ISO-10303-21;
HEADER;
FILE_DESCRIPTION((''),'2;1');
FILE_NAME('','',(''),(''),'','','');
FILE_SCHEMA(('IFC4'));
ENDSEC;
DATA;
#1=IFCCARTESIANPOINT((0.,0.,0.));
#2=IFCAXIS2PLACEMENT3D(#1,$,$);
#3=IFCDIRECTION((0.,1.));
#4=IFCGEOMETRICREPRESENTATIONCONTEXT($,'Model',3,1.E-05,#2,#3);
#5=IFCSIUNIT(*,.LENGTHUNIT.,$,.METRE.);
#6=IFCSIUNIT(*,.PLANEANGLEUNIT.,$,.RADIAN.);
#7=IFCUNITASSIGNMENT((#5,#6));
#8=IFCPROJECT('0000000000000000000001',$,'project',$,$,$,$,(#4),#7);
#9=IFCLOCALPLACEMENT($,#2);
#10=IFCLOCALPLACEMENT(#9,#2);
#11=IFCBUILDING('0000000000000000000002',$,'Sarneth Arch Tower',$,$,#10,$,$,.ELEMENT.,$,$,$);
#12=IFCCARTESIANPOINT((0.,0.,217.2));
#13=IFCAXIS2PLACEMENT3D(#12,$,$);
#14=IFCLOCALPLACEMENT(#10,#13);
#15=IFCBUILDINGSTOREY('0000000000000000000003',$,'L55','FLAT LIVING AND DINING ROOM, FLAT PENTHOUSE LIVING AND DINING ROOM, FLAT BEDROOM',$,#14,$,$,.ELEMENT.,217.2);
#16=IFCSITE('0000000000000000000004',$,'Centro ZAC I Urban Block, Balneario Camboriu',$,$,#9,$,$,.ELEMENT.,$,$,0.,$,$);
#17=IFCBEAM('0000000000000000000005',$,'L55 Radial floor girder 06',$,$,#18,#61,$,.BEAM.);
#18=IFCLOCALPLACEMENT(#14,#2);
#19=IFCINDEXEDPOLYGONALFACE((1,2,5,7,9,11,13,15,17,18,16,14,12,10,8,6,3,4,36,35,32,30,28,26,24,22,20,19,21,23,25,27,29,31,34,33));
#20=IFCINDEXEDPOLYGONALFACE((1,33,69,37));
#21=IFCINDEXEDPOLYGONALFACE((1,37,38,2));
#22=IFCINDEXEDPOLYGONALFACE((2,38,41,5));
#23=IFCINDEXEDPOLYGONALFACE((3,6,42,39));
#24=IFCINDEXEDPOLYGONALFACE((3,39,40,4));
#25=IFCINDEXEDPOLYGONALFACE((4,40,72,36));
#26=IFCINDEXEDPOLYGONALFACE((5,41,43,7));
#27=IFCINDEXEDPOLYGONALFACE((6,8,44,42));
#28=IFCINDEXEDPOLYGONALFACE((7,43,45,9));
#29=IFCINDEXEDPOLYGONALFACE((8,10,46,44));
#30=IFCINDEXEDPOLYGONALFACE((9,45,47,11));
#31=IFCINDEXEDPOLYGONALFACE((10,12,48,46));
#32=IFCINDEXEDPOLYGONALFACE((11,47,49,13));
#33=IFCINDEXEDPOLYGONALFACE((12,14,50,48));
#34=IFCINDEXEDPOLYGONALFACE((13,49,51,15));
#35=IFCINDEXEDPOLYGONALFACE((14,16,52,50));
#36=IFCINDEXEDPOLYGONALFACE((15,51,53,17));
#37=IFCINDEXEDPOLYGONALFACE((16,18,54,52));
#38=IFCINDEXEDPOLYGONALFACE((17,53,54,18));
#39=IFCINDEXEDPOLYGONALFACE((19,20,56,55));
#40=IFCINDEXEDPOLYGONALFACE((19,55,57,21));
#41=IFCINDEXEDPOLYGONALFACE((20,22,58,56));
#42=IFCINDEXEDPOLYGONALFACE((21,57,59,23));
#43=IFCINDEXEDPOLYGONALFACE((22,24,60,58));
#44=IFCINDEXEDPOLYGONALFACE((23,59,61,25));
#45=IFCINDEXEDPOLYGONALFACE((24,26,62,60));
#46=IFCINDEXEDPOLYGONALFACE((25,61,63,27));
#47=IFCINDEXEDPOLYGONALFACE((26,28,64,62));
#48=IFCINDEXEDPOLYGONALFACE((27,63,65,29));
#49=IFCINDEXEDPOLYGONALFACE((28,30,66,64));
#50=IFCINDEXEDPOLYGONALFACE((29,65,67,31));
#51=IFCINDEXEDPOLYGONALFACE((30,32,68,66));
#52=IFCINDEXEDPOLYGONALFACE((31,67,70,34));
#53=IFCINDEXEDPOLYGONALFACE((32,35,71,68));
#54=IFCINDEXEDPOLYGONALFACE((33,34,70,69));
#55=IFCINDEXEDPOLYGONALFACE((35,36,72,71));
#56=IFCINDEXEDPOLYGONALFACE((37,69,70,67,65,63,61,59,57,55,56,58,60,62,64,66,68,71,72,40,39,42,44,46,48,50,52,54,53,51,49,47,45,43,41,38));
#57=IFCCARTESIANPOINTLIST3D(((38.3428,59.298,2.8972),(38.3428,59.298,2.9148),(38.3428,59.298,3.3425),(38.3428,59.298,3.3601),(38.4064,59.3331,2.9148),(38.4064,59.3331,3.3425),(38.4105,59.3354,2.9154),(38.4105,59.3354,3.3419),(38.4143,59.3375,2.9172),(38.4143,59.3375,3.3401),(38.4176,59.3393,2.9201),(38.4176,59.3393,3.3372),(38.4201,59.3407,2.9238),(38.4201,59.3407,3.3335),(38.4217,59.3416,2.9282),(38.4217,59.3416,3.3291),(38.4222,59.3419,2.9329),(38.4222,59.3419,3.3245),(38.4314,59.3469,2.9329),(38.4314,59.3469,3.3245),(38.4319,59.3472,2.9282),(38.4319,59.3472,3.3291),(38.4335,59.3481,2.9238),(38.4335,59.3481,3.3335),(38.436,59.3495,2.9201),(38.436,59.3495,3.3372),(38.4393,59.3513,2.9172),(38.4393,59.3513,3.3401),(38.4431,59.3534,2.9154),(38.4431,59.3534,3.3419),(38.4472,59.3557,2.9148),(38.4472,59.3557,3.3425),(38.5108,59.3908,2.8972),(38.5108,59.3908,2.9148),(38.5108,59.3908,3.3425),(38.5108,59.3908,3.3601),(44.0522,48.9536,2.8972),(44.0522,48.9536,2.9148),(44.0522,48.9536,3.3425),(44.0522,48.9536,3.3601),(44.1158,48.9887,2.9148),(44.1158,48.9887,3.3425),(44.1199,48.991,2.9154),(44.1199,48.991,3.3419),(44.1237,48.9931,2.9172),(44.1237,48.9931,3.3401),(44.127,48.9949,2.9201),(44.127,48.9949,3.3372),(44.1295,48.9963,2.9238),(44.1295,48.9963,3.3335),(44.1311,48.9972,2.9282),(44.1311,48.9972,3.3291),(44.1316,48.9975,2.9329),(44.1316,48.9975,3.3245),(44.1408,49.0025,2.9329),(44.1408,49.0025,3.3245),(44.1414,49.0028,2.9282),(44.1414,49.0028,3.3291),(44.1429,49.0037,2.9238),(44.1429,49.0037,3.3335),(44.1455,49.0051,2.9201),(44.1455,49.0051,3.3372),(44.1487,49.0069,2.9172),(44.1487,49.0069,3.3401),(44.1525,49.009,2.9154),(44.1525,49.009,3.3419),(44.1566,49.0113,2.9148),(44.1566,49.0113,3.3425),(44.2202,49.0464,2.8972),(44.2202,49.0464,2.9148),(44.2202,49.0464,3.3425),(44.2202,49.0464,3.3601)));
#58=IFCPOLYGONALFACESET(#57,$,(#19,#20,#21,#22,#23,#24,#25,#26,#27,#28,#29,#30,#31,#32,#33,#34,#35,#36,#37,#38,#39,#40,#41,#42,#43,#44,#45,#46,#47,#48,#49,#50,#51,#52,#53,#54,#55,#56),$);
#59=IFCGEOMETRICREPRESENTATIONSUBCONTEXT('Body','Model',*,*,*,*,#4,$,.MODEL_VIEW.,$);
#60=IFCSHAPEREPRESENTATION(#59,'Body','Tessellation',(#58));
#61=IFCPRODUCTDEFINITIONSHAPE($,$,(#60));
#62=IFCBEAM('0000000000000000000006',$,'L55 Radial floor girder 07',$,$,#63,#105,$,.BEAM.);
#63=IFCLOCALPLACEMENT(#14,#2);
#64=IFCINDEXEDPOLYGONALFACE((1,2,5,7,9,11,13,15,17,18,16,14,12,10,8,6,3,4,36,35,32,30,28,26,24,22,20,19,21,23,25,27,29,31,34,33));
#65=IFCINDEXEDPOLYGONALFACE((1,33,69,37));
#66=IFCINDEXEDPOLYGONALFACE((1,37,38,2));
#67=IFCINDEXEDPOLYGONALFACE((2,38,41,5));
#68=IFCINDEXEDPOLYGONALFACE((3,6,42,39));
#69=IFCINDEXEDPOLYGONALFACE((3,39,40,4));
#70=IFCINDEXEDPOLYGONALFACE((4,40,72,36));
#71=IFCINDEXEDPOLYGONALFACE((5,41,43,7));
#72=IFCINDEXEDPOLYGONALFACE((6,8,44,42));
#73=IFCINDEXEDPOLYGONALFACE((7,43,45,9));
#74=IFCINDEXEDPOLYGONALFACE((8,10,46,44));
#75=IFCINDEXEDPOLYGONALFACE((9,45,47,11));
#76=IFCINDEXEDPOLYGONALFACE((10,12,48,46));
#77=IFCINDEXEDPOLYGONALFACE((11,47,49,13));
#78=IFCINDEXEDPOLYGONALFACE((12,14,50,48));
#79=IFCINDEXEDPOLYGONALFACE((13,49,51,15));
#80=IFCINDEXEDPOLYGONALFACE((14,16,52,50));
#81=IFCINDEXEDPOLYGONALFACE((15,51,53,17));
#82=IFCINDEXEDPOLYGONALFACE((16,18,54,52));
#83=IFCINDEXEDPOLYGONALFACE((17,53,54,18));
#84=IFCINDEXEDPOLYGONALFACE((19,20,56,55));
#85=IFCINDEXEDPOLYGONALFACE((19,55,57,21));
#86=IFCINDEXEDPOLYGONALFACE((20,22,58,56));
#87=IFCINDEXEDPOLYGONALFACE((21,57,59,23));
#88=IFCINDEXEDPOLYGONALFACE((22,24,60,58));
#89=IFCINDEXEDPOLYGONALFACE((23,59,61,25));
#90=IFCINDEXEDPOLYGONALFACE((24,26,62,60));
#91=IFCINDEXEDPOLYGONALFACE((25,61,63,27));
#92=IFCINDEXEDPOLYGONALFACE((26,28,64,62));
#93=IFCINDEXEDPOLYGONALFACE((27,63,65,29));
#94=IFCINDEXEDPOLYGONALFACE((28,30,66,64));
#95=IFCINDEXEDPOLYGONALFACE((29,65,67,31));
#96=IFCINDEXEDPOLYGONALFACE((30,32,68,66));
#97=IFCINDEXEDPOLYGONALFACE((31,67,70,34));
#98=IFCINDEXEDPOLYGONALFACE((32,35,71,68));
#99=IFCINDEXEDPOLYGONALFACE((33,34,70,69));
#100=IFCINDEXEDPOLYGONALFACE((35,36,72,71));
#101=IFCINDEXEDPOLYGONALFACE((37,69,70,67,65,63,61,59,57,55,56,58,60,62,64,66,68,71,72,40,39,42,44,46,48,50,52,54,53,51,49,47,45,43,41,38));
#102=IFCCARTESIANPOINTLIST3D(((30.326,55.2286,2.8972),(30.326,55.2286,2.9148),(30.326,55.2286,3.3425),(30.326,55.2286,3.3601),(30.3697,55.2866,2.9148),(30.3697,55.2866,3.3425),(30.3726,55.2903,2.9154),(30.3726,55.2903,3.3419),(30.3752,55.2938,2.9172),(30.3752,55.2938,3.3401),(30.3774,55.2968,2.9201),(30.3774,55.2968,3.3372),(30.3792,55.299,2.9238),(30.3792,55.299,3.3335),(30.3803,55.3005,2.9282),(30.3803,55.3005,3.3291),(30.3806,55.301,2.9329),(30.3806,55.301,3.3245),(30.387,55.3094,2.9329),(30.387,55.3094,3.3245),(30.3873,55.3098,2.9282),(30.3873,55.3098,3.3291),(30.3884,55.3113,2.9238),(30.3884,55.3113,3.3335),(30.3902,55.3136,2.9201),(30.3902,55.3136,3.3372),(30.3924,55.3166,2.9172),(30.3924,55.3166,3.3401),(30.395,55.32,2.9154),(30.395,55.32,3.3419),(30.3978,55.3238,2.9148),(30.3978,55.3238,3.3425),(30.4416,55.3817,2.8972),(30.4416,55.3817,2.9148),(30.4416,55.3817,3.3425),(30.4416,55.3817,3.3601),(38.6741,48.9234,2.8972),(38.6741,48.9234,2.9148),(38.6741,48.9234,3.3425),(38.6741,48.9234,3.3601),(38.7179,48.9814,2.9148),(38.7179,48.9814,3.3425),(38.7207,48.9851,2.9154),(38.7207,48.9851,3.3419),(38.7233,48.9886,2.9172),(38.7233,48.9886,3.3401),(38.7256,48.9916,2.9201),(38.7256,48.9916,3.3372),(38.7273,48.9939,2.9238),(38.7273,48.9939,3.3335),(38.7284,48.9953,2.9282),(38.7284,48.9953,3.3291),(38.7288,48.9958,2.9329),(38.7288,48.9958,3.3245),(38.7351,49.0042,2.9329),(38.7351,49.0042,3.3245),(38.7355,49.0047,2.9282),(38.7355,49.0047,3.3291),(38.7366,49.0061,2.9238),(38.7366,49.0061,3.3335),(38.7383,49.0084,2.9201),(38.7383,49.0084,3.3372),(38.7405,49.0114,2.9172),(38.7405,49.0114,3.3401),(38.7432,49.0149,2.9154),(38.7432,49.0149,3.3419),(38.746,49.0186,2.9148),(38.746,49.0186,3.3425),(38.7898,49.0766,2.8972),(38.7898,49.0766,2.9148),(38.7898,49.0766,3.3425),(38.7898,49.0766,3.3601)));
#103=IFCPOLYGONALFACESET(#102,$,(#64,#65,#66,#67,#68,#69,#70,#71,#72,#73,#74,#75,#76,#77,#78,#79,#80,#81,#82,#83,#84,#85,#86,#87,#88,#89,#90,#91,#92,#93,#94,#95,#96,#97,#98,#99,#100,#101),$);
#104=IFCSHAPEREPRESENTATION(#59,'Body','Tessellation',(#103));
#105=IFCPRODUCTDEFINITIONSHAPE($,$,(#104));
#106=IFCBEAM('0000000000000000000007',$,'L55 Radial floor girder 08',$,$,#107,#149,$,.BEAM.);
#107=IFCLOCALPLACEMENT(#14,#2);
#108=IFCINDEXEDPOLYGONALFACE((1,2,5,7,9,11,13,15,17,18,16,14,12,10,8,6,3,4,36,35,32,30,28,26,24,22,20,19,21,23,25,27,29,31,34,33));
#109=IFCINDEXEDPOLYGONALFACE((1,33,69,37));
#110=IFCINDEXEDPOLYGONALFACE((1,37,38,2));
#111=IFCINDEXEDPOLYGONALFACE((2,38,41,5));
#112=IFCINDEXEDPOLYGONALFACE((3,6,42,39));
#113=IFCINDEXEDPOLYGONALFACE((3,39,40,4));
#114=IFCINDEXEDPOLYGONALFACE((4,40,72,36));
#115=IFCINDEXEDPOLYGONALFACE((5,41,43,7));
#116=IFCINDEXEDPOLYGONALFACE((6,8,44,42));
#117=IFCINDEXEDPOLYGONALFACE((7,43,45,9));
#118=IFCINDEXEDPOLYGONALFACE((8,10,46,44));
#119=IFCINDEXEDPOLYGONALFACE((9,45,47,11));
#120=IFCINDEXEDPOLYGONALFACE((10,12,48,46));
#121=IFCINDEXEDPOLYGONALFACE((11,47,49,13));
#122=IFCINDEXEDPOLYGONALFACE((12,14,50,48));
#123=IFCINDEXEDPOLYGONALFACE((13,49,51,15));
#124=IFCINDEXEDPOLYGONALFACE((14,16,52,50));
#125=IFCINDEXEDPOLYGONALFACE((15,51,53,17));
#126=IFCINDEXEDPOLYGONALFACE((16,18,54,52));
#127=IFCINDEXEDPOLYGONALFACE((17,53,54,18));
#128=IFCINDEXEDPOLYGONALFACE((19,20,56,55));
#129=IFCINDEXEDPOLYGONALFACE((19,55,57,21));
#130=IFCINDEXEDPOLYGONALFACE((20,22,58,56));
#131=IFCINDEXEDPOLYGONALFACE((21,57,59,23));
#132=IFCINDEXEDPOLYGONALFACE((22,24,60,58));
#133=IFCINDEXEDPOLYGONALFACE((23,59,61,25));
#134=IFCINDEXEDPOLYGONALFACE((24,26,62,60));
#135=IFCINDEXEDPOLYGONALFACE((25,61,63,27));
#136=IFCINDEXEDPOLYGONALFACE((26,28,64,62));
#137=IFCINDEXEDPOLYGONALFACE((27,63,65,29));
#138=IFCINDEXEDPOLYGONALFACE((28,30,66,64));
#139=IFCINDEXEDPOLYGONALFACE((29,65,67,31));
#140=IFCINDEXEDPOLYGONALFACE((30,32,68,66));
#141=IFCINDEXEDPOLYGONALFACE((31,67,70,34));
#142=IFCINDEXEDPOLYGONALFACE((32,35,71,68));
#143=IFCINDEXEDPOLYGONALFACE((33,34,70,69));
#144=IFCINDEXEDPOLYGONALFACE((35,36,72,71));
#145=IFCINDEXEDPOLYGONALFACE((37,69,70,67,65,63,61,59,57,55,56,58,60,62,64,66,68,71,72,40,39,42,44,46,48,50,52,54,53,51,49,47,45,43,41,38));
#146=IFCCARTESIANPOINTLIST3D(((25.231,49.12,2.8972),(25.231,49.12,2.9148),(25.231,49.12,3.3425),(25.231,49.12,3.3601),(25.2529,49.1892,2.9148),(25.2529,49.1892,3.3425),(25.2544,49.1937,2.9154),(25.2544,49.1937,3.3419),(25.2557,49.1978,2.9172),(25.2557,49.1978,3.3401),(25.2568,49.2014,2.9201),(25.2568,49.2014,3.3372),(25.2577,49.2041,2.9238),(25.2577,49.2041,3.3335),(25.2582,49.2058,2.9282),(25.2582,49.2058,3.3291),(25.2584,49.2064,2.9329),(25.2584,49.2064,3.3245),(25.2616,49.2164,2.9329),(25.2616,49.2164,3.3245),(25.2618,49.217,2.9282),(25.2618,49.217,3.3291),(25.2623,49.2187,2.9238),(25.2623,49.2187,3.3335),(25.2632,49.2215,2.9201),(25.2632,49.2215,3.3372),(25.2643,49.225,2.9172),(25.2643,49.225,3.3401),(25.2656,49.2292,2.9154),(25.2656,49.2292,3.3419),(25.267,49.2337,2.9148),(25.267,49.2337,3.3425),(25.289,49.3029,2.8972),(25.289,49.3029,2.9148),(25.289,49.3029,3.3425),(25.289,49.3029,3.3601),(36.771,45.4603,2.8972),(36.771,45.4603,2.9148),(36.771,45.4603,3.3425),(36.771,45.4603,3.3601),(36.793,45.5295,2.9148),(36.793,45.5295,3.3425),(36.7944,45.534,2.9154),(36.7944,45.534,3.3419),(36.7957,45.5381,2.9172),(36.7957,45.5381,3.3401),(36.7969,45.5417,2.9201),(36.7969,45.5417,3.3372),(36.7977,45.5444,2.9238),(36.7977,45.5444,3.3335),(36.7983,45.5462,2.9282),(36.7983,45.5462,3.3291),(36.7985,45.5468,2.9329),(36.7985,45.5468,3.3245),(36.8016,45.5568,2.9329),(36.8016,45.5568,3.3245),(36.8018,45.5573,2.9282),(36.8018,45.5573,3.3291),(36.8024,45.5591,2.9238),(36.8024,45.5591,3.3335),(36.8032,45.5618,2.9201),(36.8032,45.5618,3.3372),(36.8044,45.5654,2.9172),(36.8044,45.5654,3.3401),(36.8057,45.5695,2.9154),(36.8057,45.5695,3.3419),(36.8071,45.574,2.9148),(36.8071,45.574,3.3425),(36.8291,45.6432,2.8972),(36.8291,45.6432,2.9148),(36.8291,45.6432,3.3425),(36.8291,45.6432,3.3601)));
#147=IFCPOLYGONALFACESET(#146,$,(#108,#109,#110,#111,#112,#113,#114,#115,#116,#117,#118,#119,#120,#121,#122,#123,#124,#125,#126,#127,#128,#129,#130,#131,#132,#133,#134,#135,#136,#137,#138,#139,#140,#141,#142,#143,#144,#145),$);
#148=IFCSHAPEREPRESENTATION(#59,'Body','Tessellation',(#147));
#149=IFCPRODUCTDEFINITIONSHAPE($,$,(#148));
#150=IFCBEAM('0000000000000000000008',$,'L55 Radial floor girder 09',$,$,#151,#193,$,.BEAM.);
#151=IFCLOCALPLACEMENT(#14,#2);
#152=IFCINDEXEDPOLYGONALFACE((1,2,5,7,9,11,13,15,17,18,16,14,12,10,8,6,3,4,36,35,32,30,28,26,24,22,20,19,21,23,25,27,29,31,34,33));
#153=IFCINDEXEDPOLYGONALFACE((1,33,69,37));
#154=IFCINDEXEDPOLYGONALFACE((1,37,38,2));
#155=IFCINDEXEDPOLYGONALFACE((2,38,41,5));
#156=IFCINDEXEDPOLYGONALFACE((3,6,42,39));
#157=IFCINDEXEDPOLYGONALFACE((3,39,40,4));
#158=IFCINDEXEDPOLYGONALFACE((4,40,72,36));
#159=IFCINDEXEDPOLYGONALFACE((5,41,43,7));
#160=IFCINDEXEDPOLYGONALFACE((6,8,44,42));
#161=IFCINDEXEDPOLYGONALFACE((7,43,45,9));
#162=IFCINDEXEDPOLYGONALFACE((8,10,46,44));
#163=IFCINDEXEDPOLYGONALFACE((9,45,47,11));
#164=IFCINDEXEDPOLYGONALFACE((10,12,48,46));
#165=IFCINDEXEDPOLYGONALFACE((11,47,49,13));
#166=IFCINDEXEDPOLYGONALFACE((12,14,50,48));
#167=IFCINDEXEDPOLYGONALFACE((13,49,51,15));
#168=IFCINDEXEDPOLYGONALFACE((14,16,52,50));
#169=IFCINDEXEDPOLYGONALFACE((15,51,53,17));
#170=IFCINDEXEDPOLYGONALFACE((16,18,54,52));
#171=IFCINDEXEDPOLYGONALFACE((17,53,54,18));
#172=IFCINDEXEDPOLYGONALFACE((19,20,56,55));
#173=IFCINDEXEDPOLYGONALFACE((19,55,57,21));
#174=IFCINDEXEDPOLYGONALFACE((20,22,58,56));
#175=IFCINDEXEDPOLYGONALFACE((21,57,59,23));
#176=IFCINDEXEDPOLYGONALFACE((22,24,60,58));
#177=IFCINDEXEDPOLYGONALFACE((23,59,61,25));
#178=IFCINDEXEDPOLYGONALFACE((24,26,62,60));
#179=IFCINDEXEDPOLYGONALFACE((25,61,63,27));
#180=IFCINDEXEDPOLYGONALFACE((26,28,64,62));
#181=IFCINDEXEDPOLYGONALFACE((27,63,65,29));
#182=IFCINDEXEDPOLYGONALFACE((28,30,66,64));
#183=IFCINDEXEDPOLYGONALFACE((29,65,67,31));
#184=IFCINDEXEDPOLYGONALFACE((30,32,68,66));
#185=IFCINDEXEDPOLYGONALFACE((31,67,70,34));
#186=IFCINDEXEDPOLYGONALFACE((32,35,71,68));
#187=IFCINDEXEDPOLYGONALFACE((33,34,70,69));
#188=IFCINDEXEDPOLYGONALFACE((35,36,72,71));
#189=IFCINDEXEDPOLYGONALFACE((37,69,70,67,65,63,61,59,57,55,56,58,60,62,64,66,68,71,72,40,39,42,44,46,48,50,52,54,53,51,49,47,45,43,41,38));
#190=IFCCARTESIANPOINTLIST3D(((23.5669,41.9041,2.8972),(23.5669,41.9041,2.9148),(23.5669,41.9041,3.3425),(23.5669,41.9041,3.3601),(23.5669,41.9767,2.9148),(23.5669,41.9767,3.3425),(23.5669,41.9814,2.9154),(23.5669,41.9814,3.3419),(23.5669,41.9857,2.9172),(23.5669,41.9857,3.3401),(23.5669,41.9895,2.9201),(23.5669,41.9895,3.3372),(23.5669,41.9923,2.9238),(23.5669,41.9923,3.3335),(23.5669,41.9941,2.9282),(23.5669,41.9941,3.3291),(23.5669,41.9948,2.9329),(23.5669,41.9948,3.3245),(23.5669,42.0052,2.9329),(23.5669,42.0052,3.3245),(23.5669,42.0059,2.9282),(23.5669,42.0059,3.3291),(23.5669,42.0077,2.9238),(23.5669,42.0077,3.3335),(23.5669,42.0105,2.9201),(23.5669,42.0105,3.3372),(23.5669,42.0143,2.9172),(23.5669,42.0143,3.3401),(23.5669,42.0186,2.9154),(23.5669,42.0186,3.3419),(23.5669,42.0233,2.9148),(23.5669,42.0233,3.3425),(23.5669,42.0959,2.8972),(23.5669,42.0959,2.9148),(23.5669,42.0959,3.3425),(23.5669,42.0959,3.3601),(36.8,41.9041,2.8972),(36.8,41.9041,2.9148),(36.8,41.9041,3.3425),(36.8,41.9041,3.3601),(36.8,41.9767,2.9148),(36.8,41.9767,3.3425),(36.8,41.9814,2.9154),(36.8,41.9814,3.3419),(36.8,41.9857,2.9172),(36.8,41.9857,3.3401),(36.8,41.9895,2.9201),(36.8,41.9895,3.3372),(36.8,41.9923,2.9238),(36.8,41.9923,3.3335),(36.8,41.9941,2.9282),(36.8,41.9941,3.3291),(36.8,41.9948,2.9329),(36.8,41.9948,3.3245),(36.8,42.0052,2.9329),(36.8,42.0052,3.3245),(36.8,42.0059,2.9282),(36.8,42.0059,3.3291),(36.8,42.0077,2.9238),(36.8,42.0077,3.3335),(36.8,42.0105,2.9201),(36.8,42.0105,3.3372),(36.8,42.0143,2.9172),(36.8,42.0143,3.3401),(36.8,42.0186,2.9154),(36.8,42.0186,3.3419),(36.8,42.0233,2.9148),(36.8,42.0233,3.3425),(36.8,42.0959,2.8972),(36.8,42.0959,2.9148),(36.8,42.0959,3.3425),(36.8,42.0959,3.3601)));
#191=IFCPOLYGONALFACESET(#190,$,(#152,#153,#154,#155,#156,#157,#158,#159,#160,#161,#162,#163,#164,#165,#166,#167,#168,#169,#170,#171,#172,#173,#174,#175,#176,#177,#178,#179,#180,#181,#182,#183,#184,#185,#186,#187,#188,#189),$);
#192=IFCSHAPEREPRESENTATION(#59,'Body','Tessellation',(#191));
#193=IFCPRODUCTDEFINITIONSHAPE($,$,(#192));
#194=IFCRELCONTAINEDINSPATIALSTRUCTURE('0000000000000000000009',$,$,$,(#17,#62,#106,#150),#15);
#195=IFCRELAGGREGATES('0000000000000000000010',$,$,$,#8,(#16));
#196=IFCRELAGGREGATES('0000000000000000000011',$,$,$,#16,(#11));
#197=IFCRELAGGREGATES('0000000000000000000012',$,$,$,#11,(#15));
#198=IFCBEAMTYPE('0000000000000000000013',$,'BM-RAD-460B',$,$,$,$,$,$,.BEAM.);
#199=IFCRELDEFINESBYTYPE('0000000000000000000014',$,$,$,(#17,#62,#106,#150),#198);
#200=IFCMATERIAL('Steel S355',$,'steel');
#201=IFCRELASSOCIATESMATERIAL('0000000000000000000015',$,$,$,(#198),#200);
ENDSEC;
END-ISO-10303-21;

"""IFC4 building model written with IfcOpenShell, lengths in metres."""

from ifc_helpers import new_model, si_unit, direction, frame, origin, origin_2d, place, context, subcontext, project, spatial, i_section, extrude, material, material_profile, profile_set, type_object, element, save


model = new_model("IFC4")

# Units and contexts
model_context = context("Model", 3, precision=1e-05, world=origin(), true_north=direction((0.0, 1.0)))
body_context = subcontext(model_context, "Body", "Model", "MODEL_VIEW")
ifc_project = project(units=[si_unit("LENGTHUNIT", "METRE"), si_unit("PLANEANGLEUNIT", "RADIAN")], contexts=[model_context])

# Site, building, storey
site_placement = place(None, origin())
site = spatial("IfcSite", under=ifc_project, at=site_placement, Name="Centro ZAC I Urban Block, Balneario Camboriu", CompositionType="ELEMENT", RefElevation=0.0)
building_placement = place(site_placement, origin())
building = spatial("IfcBuilding", under=site, at=building_placement, Name="Sarneth Arch Tower", CompositionType="ELEMENT")
storey_placement = place(building_placement, frame((0.0, 0.0, 217.2)))
storey = spatial("IfcBuildingStorey", under=building, at=storey_placement, Name="L55", Description="FLAT LIVING AND DINING ROOM, FLAT PENTHOUSE LIVING AND DINING ROOM, FLAT BEDROOM", CompositionType="ELEMENT", Elevation=217.2)

# Beams
ifc_material_1 = material(Name="Steel S355", Category="steel")
ifc_material_profile = material_profile(ifc_material_1, i_section(OverallWidth=0.1919, OverallDepth=0.4629, WebThickness=0.0105, FlangeThickness=0.0176, FilletRadius=0.0181, at=origin_2d()), Name="W460x89")
ifc_profile_set = profile_set([ifc_material_profile], Name="Steel S355")
beam_type = type_object("IfcBeamType", Name="BM-RAD-460B", PredefinedType="BEAM", material=ifc_profile_set)
beam_1_placement = place(storey_placement, frame((44.1362, 49.0, 3.1287), z_axis=(-0.483218, 0.8755, 0.0), x_axis=(-0.8755, -0.483218, 0.0)))
element("IfcBeam", 1, at=beam_1_placement, inside=storey, type_object=beam_type, Name="L55 Radial floor girder 06", PredefinedType="BEAM", context=body_context, shape_type="SweptSolid", body=[
    extrude(i_section(OverallWidth=0.1919, OverallDepth=0.4629, WebThickness=0.0105, FlangeThickness=0.0176, FilletRadius=0.0181, at=origin_2d()), origin(), (0.0, 0.0, 1.0), 11.8154),
])
beam_2_placement = place(storey_placement, frame((38.7319, 49.0, 3.1287), z_axis=(-0.797974, 0.602692, 0.0), x_axis=(-0.602692, -0.797974, 0.0)))
element("IfcBeam", 2, at=beam_2_placement, inside=storey, type_object=beam_type, Name="L55 Radial floor girder 07", PredefinedType="BEAM", context=body_context, shape_type="SweptSolid", body=[
    extrude(i_section(OverallWidth=0.1919, OverallDepth=0.4629, WebThickness=0.0105, FlangeThickness=0.0176, FilletRadius=0.0181, at=origin_2d()), origin(), (0.0, 0.0, 1.0), 10.4617),
])
beam_3_placement = place(storey_placement, frame((36.8, 45.5518, 3.1287), z_axis=(-0.953216, 0.302291, 0.0), x_axis=(-0.302291, -0.953216, 0.0)))
element("IfcBeam", 3, at=beam_3_placement, inside=storey, type_object=beam_type, Name="L55 Radial floor girder 08", PredefinedType="BEAM", context=body_context, shape_type="SweptSolid", body=[
    extrude(i_section(OverallWidth=0.1919, OverallDepth=0.4629, WebThickness=0.0105, FlangeThickness=0.0176, FilletRadius=0.0181, at=origin_2d()), origin(), (0.0, 0.0, 1.0), 12.1064),
])
beam_4_placement = place(storey_placement, frame((36.8, 42.0, 3.1287), z_axis=(-1.0, 0.0, 0.0), x_axis=(0.0, -1.0, 0.0)))
element("IfcBeam", 4, at=beam_4_placement, inside=storey, type_object=beam_type, Name="L55 Radial floor girder 09", PredefinedType="BEAM", context=body_context, shape_type="SweptSolid", body=[
    extrude(i_section(OverallWidth=0.1919, OverallDepth=0.4629, WebThickness=0.0105, FlangeThickness=0.0176, FilletRadius=0.0181, at=origin_2d()), origin(), (0.0, 0.0, 1.0), 13.2332),
])

save(model, "model.ifc")
